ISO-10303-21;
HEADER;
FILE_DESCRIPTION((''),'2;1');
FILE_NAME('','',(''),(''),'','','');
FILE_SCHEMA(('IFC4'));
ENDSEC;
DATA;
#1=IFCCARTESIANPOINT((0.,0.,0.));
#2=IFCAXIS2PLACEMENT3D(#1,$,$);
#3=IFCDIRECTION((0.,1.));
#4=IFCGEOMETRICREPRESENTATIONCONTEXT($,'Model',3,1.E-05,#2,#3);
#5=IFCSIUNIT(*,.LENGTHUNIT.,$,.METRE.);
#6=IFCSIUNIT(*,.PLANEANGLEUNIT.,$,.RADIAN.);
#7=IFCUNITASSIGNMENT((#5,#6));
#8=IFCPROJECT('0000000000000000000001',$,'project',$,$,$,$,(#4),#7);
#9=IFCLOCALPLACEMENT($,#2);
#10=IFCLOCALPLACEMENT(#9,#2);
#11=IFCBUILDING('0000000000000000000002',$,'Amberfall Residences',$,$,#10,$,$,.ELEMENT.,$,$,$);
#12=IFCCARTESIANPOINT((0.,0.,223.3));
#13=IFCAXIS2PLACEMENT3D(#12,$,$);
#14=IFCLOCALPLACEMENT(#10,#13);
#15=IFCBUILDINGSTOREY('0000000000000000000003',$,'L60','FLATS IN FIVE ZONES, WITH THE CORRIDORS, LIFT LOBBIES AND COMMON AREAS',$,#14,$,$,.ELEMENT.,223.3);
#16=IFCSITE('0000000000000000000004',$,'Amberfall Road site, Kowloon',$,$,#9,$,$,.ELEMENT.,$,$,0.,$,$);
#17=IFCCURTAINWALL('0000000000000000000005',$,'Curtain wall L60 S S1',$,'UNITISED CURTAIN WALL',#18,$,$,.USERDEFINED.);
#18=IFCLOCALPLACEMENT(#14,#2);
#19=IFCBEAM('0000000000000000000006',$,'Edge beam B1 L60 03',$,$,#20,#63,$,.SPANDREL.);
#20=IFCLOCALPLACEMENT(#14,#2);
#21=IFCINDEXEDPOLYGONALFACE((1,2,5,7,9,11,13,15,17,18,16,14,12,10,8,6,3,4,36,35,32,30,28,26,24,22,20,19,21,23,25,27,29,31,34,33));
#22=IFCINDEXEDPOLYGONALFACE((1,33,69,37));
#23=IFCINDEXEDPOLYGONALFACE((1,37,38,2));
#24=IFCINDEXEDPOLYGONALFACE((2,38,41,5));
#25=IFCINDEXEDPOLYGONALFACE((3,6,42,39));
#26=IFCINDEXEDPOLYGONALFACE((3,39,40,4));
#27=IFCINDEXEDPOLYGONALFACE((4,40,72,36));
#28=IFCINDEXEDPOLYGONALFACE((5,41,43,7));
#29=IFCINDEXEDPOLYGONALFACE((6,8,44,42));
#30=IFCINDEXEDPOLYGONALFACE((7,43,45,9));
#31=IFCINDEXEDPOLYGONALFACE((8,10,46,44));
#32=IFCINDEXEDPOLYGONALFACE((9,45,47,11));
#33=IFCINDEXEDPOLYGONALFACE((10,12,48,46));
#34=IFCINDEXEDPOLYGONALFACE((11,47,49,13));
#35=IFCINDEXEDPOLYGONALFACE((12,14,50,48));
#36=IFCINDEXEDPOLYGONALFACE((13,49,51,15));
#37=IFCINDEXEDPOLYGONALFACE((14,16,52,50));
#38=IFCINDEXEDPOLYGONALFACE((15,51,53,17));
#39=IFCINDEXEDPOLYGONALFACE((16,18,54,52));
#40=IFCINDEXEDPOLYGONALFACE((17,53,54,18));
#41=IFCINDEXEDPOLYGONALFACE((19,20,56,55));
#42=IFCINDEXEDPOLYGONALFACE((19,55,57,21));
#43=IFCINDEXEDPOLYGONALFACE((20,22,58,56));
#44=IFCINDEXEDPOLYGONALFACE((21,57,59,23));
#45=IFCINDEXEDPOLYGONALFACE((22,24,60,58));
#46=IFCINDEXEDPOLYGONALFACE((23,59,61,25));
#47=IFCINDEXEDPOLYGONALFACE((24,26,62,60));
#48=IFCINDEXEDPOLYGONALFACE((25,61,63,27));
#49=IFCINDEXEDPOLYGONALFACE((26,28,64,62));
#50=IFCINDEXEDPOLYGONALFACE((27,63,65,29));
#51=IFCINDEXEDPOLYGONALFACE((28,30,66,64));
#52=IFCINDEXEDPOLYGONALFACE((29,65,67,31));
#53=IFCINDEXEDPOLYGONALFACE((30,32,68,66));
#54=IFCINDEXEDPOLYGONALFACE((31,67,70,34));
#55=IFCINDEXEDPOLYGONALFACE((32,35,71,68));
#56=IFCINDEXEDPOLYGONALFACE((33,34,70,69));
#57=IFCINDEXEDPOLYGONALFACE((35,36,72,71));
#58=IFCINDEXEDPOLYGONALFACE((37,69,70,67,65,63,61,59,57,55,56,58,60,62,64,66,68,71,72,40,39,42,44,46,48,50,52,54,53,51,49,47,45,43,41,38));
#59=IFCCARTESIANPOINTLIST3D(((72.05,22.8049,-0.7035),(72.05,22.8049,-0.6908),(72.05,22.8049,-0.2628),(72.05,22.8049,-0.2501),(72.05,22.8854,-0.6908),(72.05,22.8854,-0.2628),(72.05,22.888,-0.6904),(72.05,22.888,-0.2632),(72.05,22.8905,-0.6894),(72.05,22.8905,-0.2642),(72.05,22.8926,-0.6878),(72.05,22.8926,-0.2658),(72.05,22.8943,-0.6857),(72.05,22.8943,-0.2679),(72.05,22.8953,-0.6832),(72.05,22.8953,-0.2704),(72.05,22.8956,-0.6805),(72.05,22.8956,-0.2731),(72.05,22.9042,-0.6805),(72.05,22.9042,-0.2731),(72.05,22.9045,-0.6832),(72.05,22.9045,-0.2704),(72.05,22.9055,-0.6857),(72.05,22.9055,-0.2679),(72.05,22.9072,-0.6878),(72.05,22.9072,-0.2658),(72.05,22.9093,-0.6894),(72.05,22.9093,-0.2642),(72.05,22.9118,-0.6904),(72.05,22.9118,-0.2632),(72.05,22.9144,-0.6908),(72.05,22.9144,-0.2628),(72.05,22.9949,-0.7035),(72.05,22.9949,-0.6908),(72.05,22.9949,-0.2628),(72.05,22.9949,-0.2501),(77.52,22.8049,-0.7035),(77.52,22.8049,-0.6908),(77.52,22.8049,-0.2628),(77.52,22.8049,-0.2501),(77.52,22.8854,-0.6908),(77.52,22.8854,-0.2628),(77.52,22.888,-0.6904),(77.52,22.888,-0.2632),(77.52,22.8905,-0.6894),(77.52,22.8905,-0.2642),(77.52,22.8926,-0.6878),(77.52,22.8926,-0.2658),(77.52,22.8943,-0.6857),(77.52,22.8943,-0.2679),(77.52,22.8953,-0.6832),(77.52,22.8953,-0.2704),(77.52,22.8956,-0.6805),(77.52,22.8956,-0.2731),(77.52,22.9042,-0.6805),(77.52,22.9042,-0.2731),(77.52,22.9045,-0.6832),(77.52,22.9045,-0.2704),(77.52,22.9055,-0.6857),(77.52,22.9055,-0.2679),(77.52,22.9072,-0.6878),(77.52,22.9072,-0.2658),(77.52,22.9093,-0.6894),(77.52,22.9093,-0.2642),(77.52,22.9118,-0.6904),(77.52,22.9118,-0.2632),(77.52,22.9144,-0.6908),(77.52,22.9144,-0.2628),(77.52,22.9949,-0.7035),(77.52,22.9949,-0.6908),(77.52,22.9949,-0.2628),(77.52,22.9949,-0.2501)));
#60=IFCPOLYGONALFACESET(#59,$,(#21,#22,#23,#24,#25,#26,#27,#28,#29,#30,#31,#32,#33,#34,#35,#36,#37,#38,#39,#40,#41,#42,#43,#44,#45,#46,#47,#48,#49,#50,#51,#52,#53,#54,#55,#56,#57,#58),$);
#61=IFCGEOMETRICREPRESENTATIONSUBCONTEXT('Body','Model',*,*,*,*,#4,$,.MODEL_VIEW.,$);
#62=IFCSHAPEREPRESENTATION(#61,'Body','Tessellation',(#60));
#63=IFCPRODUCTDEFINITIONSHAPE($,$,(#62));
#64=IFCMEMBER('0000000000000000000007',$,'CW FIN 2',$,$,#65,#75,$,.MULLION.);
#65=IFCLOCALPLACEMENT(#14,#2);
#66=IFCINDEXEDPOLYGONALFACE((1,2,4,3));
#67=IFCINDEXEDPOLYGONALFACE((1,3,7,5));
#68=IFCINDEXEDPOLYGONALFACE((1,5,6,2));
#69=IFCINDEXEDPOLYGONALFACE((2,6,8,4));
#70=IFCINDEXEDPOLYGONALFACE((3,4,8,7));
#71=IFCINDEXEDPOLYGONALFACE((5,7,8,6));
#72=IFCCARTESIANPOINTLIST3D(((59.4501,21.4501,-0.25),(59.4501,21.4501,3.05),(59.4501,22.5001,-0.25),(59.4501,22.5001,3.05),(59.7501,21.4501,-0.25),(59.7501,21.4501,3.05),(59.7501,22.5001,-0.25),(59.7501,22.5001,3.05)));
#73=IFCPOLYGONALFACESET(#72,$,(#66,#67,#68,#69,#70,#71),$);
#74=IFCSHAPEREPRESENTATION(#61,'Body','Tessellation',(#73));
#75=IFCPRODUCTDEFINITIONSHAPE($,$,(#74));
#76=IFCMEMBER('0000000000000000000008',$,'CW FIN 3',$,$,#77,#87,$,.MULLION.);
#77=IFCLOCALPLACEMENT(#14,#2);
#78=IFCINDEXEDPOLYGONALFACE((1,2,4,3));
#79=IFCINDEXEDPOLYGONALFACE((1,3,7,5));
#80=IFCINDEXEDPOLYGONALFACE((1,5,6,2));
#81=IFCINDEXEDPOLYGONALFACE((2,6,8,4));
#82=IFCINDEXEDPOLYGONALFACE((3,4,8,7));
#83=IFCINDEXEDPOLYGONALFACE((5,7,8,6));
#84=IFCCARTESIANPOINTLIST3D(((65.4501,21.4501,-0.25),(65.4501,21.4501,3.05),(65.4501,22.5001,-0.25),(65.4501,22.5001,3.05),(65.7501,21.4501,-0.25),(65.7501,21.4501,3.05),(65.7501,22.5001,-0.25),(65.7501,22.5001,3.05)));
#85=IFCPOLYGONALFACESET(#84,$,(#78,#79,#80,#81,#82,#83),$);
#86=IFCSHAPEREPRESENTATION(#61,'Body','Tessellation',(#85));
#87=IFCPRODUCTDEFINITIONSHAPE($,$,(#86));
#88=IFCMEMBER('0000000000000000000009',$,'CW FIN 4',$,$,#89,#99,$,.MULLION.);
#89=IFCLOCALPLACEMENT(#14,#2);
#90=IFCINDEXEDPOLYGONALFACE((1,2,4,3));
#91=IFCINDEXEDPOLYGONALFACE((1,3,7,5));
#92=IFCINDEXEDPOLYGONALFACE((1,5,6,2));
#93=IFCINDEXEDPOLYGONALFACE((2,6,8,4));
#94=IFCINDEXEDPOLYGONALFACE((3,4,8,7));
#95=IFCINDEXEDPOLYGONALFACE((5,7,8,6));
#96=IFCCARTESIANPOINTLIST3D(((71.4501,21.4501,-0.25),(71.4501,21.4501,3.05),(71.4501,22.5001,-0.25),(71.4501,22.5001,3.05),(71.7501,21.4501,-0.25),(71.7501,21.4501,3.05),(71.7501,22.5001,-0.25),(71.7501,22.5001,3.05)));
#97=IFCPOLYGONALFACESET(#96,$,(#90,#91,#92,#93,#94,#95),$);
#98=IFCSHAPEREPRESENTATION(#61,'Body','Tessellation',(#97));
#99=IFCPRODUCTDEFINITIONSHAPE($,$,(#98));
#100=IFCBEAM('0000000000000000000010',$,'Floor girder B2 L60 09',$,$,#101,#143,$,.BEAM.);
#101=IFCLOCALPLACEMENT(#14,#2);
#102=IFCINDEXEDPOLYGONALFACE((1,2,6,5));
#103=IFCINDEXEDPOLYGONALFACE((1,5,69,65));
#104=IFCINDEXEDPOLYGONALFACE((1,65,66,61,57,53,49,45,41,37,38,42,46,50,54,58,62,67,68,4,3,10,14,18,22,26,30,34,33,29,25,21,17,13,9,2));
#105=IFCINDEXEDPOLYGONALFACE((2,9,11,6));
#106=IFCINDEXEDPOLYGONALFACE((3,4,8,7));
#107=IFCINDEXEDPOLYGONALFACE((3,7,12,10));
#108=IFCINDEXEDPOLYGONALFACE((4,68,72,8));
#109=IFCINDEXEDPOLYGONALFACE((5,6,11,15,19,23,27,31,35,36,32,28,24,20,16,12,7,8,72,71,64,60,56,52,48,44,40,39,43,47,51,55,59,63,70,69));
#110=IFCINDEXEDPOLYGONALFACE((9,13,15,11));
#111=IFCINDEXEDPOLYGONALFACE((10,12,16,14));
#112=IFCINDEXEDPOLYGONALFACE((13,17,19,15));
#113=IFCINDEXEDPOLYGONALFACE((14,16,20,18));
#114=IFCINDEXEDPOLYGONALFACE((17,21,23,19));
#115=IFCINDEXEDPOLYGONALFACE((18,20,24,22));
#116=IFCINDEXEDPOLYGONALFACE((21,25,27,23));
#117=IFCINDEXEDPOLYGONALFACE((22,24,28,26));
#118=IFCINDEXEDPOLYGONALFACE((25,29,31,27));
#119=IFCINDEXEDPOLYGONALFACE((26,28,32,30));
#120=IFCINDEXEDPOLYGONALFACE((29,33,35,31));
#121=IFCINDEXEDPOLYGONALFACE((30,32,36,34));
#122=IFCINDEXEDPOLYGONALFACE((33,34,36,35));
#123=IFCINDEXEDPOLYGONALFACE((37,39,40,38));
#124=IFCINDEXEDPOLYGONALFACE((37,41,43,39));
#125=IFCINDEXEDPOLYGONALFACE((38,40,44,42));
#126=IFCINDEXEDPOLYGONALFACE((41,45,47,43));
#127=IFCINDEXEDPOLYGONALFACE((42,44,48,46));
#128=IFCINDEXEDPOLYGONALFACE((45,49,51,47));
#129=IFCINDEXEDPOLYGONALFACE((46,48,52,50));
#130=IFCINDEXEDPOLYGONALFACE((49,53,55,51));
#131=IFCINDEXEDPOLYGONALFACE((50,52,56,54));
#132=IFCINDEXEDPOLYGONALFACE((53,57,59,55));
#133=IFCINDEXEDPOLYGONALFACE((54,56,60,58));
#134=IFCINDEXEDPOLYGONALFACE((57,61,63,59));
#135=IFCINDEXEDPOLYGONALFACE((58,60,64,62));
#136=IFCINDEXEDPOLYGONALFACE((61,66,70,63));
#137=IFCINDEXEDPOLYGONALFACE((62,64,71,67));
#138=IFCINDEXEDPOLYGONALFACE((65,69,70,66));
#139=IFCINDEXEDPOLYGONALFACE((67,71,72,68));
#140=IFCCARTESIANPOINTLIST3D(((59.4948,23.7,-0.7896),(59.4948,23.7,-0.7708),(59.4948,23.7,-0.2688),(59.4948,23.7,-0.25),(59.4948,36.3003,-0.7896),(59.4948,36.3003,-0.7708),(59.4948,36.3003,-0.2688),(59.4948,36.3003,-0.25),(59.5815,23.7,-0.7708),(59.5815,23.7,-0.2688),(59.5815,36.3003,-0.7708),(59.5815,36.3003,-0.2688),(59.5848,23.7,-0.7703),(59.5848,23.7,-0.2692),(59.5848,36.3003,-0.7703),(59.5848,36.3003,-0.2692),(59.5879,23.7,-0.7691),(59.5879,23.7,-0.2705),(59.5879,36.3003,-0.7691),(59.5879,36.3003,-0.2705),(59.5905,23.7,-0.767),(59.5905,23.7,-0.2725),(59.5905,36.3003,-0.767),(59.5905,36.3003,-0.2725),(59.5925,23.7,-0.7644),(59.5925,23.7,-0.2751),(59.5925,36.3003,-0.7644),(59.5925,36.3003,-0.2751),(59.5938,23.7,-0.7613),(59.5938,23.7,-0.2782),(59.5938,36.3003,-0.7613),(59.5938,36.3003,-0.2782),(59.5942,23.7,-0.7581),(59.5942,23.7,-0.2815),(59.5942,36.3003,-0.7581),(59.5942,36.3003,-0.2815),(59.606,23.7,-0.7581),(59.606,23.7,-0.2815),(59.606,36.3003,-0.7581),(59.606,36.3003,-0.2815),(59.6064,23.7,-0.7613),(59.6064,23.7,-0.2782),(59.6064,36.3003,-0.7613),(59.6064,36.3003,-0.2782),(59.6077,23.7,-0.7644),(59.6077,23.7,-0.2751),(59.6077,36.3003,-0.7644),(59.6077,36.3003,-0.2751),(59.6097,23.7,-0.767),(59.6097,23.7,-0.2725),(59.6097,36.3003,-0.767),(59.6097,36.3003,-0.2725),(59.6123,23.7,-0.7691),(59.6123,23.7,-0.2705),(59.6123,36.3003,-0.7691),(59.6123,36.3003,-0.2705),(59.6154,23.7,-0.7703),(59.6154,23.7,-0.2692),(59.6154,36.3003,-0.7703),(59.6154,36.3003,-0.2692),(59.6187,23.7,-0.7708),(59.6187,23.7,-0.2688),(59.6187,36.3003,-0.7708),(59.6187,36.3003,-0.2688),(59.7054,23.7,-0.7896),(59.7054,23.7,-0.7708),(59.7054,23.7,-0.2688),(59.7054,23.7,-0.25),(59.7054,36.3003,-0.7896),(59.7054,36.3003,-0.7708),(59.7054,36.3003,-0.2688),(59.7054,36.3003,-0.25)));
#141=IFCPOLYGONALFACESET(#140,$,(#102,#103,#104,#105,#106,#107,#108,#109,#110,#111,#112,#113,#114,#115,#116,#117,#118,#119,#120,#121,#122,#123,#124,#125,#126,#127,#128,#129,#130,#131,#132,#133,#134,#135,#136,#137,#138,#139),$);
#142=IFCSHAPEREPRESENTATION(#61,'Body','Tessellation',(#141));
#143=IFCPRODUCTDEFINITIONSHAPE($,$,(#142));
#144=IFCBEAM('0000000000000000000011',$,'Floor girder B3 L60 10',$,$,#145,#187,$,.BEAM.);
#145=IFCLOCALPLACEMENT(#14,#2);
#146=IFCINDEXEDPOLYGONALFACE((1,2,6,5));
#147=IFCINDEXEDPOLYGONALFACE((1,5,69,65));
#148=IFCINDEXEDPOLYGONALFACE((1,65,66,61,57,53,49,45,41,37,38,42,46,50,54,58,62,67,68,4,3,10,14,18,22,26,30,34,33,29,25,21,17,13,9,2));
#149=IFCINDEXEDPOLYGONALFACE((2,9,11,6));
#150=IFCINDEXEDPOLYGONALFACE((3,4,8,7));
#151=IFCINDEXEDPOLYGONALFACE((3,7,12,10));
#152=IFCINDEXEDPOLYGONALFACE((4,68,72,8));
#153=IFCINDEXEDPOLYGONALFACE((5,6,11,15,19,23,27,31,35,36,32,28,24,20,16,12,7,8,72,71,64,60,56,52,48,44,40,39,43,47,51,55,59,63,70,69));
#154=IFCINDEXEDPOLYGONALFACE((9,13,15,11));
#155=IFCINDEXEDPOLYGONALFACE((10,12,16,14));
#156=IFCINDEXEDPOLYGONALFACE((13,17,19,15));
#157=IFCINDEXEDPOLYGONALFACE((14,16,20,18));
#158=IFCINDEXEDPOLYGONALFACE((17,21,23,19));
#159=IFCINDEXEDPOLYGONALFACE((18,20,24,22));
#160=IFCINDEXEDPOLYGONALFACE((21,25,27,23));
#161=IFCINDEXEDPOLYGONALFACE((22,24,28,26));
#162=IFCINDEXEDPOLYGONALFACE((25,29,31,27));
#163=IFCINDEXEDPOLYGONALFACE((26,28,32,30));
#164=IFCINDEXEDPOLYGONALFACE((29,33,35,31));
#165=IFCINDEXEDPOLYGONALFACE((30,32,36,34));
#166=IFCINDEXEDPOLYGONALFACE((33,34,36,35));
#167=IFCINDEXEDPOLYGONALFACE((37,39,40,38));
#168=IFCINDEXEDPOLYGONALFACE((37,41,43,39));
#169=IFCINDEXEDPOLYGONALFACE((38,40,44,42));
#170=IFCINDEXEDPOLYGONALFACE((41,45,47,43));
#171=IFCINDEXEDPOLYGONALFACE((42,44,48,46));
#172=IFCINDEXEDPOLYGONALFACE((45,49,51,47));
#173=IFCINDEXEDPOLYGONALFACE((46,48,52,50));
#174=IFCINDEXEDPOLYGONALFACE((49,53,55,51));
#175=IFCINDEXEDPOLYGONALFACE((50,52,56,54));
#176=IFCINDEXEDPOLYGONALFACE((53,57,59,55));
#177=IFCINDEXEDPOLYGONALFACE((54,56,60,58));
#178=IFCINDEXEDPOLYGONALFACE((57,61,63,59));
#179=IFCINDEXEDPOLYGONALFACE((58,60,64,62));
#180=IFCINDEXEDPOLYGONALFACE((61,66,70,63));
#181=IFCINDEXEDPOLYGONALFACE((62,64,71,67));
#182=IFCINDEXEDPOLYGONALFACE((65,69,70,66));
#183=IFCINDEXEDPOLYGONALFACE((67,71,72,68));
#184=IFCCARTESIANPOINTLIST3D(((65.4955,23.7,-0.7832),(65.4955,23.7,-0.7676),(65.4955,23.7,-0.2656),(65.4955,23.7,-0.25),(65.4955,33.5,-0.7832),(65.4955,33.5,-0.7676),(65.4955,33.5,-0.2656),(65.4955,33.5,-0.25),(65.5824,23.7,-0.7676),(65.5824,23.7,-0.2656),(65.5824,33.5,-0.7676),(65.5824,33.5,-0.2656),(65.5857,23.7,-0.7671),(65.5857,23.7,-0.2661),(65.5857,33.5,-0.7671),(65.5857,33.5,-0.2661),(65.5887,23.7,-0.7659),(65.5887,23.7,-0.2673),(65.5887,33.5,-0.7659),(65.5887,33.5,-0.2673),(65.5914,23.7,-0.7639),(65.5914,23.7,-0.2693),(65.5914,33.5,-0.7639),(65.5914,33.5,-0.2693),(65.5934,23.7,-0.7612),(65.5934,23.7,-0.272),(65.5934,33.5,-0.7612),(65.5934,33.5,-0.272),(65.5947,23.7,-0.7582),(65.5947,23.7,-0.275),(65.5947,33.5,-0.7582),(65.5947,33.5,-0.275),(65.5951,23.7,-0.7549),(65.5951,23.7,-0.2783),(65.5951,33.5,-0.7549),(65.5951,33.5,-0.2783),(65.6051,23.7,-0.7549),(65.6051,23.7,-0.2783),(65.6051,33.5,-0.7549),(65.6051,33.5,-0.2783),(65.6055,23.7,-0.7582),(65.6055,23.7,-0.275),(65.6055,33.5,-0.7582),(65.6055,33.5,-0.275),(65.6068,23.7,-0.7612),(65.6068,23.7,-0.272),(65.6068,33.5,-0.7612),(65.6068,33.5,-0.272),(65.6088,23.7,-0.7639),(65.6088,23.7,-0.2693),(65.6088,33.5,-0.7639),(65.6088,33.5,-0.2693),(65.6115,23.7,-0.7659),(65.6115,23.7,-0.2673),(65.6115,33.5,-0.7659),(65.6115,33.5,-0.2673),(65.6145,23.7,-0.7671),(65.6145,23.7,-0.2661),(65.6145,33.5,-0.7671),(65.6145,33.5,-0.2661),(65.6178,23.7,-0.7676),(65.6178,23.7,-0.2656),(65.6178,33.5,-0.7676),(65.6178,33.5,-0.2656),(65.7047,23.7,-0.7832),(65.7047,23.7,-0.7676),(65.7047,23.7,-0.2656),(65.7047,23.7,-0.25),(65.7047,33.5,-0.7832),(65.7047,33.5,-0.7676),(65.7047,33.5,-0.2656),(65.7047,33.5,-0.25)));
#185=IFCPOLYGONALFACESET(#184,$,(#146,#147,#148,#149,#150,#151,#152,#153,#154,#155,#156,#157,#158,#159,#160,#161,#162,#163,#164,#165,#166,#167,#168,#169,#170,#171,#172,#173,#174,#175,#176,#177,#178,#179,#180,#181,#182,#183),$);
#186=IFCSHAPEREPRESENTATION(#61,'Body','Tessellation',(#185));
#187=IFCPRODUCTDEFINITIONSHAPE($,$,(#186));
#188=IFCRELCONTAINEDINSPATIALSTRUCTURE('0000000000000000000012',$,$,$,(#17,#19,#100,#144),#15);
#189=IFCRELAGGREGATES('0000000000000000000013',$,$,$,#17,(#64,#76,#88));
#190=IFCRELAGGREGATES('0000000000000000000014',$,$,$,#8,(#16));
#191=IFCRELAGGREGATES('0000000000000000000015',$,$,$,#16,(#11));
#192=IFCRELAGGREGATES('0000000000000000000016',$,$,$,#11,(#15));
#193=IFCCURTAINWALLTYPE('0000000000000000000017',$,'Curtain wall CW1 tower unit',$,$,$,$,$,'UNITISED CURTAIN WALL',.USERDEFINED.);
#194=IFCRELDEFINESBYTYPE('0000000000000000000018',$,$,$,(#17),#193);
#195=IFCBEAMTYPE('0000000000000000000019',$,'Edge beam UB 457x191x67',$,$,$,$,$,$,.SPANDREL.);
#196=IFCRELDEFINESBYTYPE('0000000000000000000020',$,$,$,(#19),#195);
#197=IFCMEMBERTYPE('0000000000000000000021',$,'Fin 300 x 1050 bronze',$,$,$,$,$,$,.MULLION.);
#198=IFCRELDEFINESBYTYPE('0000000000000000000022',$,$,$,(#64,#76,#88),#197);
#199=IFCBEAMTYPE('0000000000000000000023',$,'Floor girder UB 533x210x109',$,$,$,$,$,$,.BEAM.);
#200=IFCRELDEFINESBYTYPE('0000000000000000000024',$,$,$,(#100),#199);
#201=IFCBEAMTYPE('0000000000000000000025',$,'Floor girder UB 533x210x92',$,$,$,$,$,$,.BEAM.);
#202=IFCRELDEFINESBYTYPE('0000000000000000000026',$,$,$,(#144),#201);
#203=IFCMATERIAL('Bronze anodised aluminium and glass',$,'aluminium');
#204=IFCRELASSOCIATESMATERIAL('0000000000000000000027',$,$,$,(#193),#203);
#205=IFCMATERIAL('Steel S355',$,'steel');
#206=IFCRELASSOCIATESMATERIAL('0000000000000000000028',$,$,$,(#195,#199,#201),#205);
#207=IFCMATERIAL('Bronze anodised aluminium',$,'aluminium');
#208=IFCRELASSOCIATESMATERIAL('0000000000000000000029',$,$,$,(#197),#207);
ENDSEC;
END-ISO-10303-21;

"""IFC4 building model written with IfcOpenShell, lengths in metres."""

from ifc_helpers import new_model, si_unit, direction, frame, origin, origin_2d, place, context, subcontext, project, spatial, rectangle, i_section, extrude, material, material_profile, profile_set, type_object, element, aggregate, save


model = new_model("IFC4")

# Units and contexts
model_context = context("Model", 3, precision=1e-05, world=origin(), true_north=direction((0.0, 1.0)))
body_context = subcontext(model_context, "Body", "Model", "MODEL_VIEW")
ifc_project = project(units=[si_unit("LENGTHUNIT", "METRE"), si_unit("PLANEANGLEUNIT", "RADIAN")], contexts=[model_context])

# Site, building, storey
site_placement = place(None, origin())
site = spatial("IfcSite", under=ifc_project, at=site_placement, Name="Amberfall Road site, Kowloon", CompositionType="ELEMENT", RefElevation=0.0)
building_placement = place(site_placement, origin())
building = spatial("IfcBuilding", under=site, at=building_placement, Name="Amberfall Residences", CompositionType="ELEMENT")
storey_placement = place(building_placement, frame((0.0, 0.0, 223.3)))
storey = spatial("IfcBuildingStorey", under=building, at=storey_placement, Name="L60", Description="FLATS IN FIVE ZONES, WITH THE CORRIDORS, LIFT LOBBIES AND COMMON AREAS", CompositionType="ELEMENT", Elevation=223.3)

# Curtain wall
ifc_material_1 = material(Name="Bronze anodised aluminium and glass", Category="aluminium")
curtain_wall_type = type_object("IfcCurtainWallType", Name="Curtain wall CW1 tower unit", ElementType="UNITISED CURTAIN WALL", PredefinedType="USERDEFINED", material=ifc_material_1)
curtain_wall_placement = place(storey_placement, origin())
curtain_wall = element("IfcCurtainWall", 1, at=curtain_wall_placement, inside=storey, type_object=curtain_wall_type, Name="Curtain wall L60 S S1", ObjectType="UNITISED CURTAIN WALL", PredefinedType="USERDEFINED")
ifc_material_2 = material(Name="Bronze anodised aluminium", Category="aluminium")

# Beam
ifc_material_3 = material(Name="Steel S355", Category="steel")
ifc_material_profile_1 = material_profile(ifc_material_3, i_section(OverallWidth=0.1899, OverallDepth=0.4534, WebThickness=0.0085, FlangeThickness=0.0127, FilletRadius=0.0103, at=origin_2d()), Name="UB 457x191x67")
ifc_profile_set_1 = profile_set([ifc_material_profile_1], Name="Steel S355")
beam_type_1 = type_object("IfcBeamType", Name="Edge beam UB 457x191x67", PredefinedType="SPANDREL", material=ifc_profile_set_1)
beam_1_placement = place(storey_placement, frame((72.05, 22.8999, -0.4768), z_axis=(1.0, 0.0, 0.0), x_axis=(0.0, 1.0, 0.0)))
element("IfcBeam", 2, at=beam_1_placement, inside=storey, type_object=beam_type_1, Name="Edge beam B1 L60 03", PredefinedType="SPANDREL", context=body_context, shape_type="SweptSolid", body=[
    extrude(i_section(OverallWidth=0.1899, OverallDepth=0.4534, WebThickness=0.0085, FlangeThickness=0.0127, FilletRadius=0.0103, at=origin_2d()), origin(), (0.0, 0.0, 1.0), 5.47),
])

# Members
ifc_material_profile_2 = material_profile(ifc_material_2, rectangle(XDim=1.05, YDim=0.3, at=origin_2d()), Name="Fin 300 x 1050 bronze")
ifc_profile_set_2 = profile_set([ifc_material_profile_2], Name="Bronze anodised aluminium")
member_type_1 = type_object("IfcMemberType", Name="Fin 300 x 1050 bronze", PredefinedType="MULLION", material=ifc_profile_set_2)
member_1_placement = place(storey_placement, frame((59.6001, 21.9751, -0.25), z_axis=(0.0, 0.0, 1.0), x_axis=(0.0, 1.0, 0.0)))
member_1 = element("IfcMember", 3, at=member_1_placement, type_object=member_type_1, Name="CW FIN 2", PredefinedType="MULLION", context=body_context, shape_type="SweptSolid", body=[
    extrude(rectangle(XDim=1.05, YDim=0.3, at=origin_2d()), origin(), (0.0, 0.0, 1.0), 3.3),
])
member_2_placement = place(storey_placement, frame((65.6001, 21.9751, -0.25), z_axis=(0.0, 0.0, 1.0), x_axis=(0.0, 1.0, 0.0)))
member_2 = element("IfcMember", 4, at=member_2_placement, type_object=member_type_1, Name="CW FIN 3", PredefinedType="MULLION", context=body_context, shape_type="SweptSolid", body=[
    extrude(rectangle(XDim=1.05, YDim=0.3, at=origin_2d()), origin(), (0.0, 0.0, 1.0), 3.3),
])
member_3_placement = place(storey_placement, frame((71.6001, 21.9751, -0.25), z_axis=(0.0, 0.0, 1.0), x_axis=(0.0, 1.0, 0.0)))
member_3 = element("IfcMember", 5, at=member_3_placement, type_object=member_type_1, Name="CW FIN 4", PredefinedType="MULLION", context=body_context, shape_type="SweptSolid", body=[
    extrude(rectangle(XDim=1.05, YDim=0.3, at=origin_2d()), origin(), (0.0, 0.0, 1.0), 3.3),
])

# Beams
ifc_material_profile_3 = material_profile(ifc_material_3, i_section(OverallWidth=0.2107, OverallDepth=0.5396, WebThickness=0.0117, FlangeThickness=0.0188, FilletRadius=0.0127, at=origin_2d()), Name="UB 533x210x109")
ifc_profile_set_3 = profile_set([ifc_material_profile_3], Name="Steel S355")
beam_type_2 = type_object("IfcBeamType", Name="Floor girder UB 533x210x109", PredefinedType="BEAM", material=ifc_profile_set_3)
beam_2_placement = place(storey_placement, frame((59.6001, 23.7, -0.5198), z_axis=(0.0, 1.0, 0.0), x_axis=(-1.0, 0.0, 0.0)))
element("IfcBeam", 6, at=beam_2_placement, inside=storey, type_object=beam_type_2, Name="Floor girder B2 L60 09", PredefinedType="BEAM", context=body_context, shape_type="SweptSolid", body=[
    extrude(i_section(OverallWidth=0.2107, OverallDepth=0.5396, WebThickness=0.0117, FlangeThickness=0.0188, FilletRadius=0.0127, at=origin_2d()), origin(), (0.0, 0.0, 1.0), 12.6003),
])
ifc_material_profile_4 = material_profile(ifc_material_3, i_section(OverallWidth=0.2092, OverallDepth=0.5332, WebThickness=0.01, FlangeThickness=0.0156, FilletRadius=0.0127, at=origin_2d()), Name="UB 533x210x92")
ifc_profile_set_4 = profile_set([ifc_material_profile_4], Name="Steel S355")
beam_type_3 = type_object("IfcBeamType", Name="Floor girder UB 533x210x92", PredefinedType="BEAM", material=ifc_profile_set_4)
for number, where, z_axis, x_axis, name in (
    (7, (65.6001, 23.7, -0.5166), (0.0, 1.0, 0.0), (-1.0, 0.0, 0.0), "Floor girder B3 L60 10"),
):
    element("IfcBeam", number, at=place(storey_placement, frame(where, z_axis=z_axis, x_axis=x_axis)), inside=storey, type_object=beam_type_3, Name=name, PredefinedType="BEAM", context=body_context, shape_type="SweptSolid", body=[
        extrude(i_section(OverallWidth=0.2092, OverallDepth=0.5332, WebThickness=0.01, FlangeThickness=0.0156, FilletRadius=0.0127, at=origin_2d()), origin(), (0.0, 0.0, 1.0), 9.8),
    ])

aggregate(curtain_wall, [member_1, member_2, member_3])

save(model, "model.ifc")
